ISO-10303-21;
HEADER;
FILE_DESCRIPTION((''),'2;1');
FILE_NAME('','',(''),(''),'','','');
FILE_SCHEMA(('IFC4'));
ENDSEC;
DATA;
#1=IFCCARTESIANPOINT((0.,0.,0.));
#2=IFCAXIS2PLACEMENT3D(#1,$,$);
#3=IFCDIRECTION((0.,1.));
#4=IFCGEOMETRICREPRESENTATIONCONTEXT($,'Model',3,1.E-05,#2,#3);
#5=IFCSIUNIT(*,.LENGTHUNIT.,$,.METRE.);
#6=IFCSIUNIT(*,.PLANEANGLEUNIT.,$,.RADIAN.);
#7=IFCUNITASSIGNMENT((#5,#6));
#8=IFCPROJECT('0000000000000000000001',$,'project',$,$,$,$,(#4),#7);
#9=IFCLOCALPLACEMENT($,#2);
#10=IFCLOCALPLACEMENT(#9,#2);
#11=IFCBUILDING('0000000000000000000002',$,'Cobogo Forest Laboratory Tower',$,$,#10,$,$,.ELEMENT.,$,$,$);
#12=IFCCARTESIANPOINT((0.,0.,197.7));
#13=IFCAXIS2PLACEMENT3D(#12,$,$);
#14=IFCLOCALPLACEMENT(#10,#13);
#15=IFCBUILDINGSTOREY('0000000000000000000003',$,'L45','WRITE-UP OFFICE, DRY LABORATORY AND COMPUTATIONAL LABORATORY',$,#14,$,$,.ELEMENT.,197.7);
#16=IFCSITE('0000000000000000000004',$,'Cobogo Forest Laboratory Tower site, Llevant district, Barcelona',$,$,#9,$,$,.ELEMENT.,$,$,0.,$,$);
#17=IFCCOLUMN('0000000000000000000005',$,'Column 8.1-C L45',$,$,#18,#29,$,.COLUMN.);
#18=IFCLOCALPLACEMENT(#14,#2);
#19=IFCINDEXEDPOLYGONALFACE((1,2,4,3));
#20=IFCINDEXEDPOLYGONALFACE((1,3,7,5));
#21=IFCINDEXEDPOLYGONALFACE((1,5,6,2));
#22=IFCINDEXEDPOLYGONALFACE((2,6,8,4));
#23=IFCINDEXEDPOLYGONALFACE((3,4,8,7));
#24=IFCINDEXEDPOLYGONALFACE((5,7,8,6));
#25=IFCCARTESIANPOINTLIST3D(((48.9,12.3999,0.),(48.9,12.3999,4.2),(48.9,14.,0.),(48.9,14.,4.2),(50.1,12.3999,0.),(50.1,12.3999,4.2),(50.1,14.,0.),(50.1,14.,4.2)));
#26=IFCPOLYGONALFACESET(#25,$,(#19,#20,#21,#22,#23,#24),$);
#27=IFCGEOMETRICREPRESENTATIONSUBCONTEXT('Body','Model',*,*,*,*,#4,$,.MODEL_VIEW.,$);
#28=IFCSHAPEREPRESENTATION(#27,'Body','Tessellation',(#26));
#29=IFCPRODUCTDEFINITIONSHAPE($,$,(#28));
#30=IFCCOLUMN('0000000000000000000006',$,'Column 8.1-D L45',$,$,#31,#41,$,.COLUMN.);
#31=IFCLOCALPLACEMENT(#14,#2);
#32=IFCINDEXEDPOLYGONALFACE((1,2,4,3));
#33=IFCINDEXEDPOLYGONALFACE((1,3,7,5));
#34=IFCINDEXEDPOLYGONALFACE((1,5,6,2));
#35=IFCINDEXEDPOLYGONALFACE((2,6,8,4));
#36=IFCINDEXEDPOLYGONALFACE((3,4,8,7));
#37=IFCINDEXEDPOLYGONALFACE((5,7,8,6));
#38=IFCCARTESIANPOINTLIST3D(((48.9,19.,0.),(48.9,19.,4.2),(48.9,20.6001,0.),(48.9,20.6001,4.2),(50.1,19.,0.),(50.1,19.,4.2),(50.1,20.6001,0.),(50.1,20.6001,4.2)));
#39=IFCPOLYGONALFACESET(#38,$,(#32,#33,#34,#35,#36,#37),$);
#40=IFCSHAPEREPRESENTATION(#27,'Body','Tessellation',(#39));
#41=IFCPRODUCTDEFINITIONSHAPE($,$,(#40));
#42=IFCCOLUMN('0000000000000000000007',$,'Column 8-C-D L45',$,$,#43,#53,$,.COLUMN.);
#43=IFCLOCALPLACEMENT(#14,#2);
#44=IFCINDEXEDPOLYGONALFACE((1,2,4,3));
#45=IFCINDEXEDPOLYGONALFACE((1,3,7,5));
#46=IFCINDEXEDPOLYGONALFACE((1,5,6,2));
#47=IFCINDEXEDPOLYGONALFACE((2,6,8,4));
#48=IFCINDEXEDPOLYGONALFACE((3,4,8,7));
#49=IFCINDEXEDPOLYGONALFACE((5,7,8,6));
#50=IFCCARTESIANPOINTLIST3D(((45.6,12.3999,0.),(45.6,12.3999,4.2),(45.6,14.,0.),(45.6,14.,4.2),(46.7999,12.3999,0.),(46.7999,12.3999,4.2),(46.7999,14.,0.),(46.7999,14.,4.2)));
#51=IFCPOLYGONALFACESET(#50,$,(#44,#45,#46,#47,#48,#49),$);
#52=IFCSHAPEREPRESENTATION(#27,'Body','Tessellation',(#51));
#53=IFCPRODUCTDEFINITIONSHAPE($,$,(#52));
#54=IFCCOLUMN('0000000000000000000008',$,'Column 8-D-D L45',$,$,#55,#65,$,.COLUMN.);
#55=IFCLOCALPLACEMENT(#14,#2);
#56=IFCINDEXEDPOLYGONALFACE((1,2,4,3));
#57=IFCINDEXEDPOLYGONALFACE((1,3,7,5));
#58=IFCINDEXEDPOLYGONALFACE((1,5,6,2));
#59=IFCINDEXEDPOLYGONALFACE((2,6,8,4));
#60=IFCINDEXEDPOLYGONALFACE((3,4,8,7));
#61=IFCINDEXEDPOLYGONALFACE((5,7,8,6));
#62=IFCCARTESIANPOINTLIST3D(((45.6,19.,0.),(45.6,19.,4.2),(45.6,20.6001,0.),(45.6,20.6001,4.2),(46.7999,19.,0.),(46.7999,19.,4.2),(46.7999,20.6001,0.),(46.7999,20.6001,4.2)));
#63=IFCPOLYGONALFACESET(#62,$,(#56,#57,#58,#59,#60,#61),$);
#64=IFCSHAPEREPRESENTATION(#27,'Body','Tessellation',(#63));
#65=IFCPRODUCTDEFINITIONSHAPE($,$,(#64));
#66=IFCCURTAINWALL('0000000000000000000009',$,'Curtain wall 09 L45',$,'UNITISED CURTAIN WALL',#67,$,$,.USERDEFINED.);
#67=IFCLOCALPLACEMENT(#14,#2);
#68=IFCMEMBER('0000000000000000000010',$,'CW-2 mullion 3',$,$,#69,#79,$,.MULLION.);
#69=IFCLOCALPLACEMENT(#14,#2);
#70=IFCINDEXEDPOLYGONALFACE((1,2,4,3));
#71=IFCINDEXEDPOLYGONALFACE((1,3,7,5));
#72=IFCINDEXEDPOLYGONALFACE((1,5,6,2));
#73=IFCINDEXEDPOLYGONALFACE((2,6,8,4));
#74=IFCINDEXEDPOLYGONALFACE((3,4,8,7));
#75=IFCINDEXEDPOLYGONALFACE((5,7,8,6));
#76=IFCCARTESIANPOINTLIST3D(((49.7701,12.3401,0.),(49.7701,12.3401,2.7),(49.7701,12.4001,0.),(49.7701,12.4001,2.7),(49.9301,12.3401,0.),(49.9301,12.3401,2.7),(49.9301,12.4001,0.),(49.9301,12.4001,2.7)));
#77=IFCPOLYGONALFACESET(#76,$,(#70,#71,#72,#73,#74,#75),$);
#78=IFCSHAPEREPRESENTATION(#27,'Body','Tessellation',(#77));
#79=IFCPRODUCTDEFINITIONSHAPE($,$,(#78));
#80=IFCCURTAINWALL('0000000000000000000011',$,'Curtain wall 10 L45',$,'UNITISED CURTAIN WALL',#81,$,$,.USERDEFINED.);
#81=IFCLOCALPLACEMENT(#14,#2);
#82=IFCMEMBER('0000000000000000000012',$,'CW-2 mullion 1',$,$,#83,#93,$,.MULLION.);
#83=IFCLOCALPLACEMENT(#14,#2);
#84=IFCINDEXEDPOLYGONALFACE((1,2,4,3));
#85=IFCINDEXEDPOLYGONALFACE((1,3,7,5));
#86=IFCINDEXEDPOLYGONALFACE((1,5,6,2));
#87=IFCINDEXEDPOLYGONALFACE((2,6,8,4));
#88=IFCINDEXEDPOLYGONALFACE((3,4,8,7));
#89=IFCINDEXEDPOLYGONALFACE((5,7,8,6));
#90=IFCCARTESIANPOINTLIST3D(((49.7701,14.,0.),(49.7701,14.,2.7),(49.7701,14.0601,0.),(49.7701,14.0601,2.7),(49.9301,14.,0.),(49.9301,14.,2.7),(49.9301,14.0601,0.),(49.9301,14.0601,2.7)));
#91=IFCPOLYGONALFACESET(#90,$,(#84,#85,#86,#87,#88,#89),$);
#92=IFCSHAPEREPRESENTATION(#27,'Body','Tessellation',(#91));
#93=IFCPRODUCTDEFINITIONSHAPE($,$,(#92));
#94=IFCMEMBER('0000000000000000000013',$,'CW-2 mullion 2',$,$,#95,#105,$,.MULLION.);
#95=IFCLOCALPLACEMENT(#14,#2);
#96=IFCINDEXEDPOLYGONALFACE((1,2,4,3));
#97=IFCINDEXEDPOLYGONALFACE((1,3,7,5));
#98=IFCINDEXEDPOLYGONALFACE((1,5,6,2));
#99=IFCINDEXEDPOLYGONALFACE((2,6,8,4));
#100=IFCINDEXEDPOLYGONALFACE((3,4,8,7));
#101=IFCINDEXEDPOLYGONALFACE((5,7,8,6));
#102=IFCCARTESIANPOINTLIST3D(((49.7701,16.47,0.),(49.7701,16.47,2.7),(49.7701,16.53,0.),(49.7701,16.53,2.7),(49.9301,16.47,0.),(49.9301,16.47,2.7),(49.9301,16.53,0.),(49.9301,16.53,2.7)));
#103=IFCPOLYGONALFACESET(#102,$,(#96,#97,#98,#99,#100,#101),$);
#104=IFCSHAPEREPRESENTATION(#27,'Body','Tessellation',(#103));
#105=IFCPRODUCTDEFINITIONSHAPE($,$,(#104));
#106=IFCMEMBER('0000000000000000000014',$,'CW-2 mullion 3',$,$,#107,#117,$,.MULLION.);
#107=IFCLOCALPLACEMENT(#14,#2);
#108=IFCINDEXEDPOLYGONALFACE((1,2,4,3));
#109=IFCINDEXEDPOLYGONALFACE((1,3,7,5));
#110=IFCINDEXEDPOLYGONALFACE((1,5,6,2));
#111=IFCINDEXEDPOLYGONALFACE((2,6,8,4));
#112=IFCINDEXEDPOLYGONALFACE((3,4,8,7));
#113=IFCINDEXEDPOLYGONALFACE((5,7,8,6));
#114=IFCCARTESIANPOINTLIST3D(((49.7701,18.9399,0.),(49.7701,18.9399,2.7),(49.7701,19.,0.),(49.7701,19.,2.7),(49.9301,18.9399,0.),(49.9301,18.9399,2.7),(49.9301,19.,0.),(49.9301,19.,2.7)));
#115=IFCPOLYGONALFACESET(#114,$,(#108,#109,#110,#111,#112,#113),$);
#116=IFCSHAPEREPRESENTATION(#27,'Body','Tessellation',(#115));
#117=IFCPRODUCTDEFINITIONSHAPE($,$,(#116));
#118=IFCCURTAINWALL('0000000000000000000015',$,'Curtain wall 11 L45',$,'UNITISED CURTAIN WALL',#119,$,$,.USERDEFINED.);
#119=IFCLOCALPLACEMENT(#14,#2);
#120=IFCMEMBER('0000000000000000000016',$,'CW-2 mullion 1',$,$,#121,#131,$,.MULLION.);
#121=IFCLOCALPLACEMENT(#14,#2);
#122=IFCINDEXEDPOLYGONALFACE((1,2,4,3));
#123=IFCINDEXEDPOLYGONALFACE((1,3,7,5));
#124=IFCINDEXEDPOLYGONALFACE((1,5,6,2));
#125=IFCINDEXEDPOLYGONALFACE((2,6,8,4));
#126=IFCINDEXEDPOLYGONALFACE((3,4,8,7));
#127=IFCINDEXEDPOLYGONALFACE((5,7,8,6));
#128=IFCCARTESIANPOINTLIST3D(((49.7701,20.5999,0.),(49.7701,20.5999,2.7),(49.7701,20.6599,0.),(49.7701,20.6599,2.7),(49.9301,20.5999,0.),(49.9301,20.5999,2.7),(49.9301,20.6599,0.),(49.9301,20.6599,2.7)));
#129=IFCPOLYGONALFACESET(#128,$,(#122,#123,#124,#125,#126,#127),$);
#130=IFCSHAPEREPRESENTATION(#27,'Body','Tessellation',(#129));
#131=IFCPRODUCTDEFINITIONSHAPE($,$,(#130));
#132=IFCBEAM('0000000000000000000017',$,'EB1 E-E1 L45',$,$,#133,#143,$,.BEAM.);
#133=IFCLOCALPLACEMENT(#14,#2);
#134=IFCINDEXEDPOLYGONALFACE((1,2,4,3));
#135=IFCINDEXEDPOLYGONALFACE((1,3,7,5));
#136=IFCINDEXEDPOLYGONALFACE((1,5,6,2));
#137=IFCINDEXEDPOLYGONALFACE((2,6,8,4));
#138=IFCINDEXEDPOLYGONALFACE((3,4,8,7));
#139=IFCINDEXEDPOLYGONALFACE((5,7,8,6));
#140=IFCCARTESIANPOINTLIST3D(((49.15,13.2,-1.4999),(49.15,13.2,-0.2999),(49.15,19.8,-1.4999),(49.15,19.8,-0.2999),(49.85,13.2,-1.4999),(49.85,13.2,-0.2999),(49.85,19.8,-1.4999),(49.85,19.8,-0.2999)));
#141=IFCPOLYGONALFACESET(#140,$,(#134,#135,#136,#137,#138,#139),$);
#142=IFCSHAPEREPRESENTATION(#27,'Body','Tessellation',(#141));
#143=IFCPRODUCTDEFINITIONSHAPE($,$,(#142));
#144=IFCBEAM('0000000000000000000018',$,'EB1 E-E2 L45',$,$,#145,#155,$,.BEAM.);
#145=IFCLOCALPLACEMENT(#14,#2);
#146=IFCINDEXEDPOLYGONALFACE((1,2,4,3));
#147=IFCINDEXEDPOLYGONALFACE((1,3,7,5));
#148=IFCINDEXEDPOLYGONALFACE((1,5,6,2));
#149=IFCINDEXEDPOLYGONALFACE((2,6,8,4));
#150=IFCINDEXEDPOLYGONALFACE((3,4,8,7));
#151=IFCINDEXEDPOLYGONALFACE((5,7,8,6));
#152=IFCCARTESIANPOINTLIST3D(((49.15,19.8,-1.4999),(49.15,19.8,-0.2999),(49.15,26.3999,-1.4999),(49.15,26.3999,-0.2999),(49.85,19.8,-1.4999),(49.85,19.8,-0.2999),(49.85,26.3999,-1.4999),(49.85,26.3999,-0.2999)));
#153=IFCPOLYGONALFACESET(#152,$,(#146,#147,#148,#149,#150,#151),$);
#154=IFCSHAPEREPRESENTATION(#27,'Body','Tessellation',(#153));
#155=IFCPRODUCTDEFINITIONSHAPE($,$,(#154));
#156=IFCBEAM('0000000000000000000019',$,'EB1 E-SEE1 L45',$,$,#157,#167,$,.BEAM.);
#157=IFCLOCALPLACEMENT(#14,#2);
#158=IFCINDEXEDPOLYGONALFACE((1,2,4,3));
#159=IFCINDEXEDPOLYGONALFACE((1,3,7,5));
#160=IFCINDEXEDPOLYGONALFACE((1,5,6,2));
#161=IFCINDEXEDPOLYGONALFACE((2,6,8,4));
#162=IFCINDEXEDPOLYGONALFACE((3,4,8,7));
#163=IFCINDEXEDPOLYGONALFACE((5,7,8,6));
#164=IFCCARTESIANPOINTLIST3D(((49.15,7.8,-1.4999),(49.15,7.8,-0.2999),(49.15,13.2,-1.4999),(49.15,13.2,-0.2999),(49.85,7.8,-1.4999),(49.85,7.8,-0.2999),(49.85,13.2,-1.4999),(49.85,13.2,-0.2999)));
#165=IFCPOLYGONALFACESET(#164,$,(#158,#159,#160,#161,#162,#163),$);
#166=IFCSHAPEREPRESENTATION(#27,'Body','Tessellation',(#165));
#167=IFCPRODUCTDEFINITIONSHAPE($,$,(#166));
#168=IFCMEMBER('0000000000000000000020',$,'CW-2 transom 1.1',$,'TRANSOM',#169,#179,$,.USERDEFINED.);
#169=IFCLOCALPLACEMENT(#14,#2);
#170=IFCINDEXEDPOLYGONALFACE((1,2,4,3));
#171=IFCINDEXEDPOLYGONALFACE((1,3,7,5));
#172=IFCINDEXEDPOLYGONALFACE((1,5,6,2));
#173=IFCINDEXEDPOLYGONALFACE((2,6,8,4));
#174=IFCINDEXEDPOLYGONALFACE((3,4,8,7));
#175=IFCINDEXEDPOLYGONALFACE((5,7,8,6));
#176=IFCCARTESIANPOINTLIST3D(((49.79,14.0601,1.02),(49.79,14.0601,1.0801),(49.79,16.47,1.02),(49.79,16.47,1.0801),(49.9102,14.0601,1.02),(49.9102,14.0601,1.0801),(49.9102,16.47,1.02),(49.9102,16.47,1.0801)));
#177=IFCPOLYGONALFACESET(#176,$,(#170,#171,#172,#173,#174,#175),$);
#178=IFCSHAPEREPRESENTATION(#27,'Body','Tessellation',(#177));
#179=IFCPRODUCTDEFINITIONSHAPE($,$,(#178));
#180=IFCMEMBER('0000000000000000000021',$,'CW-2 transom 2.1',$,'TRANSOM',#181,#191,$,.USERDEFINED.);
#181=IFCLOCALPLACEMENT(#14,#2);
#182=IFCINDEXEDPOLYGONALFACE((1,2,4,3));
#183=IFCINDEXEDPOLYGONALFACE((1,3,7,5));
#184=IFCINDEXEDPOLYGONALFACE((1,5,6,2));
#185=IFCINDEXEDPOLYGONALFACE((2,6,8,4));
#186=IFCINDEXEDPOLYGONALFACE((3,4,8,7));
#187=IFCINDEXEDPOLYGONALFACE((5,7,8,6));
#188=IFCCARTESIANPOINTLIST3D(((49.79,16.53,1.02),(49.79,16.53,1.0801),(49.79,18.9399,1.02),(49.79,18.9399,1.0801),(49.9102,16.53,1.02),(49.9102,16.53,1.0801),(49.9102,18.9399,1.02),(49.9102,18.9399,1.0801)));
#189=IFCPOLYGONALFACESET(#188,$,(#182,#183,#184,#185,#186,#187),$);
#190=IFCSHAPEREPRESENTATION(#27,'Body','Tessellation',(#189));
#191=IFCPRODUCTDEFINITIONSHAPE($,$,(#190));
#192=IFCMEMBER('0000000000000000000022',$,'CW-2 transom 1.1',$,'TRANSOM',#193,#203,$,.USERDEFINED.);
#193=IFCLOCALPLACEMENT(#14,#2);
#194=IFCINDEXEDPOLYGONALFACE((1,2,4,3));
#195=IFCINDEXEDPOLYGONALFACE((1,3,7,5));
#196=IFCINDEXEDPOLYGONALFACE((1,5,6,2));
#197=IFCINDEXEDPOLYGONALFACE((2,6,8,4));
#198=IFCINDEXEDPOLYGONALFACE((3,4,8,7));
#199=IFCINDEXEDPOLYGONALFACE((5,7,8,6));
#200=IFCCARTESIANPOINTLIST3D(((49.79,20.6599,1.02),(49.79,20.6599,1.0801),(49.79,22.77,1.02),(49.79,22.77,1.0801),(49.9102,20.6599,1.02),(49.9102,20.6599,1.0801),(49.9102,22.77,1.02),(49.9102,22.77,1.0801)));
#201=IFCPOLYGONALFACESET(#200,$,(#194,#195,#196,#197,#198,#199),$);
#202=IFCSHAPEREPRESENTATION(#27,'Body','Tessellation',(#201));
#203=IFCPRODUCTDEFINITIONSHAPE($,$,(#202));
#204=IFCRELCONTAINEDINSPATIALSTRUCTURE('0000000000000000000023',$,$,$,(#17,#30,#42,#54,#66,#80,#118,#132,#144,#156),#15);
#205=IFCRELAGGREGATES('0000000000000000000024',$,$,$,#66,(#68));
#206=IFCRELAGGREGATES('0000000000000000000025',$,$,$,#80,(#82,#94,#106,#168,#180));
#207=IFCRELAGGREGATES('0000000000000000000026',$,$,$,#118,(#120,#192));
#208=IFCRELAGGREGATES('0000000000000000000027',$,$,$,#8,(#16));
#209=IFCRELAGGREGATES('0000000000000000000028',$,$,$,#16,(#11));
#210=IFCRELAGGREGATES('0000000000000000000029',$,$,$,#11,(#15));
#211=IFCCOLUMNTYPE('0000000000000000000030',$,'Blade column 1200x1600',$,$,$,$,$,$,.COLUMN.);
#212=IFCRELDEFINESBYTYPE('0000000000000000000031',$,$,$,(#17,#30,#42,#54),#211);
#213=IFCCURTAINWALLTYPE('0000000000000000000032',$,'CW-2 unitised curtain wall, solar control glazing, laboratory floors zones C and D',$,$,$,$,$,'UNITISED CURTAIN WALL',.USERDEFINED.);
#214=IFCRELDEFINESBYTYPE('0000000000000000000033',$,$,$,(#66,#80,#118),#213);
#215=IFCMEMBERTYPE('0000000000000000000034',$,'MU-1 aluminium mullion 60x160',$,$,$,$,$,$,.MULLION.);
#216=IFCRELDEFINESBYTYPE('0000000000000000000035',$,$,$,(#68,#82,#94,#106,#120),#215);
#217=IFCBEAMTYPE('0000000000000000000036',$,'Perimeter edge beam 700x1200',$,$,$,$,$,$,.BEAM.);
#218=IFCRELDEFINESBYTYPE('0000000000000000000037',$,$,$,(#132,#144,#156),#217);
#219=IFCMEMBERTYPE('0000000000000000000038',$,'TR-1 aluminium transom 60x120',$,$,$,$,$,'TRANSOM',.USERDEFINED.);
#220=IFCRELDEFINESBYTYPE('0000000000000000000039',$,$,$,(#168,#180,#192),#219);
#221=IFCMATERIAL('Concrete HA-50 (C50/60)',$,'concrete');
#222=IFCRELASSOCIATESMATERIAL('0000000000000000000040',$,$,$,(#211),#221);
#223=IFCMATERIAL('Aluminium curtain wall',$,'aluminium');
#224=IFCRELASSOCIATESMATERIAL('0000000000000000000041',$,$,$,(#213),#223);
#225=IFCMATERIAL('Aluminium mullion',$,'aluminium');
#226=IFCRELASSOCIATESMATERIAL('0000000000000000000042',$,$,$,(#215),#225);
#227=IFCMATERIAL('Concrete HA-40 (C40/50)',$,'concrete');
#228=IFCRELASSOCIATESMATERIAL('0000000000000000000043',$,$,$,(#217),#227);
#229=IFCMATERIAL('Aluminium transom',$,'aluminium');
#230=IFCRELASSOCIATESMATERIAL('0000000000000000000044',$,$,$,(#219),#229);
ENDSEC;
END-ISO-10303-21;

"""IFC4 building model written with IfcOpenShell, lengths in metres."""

from ifc_helpers import new_model, si_unit, direction, frame, origin, origin_2d, place, context, subcontext, project, spatial, rectangle, extrude, material, material_profile, profile_set, type_object, element, aggregate, save


model = new_model("IFC4")

# Units and contexts
model_context = context("Model", 3, precision=1e-05, world=origin(), true_north=direction((0.0, 1.0)))
body_context = subcontext(model_context, "Body", "Model", "MODEL_VIEW")
ifc_project = project(units=[si_unit("LENGTHUNIT", "METRE"), si_unit("PLANEANGLEUNIT", "RADIAN")], contexts=[model_context])

# Site, building, storey
site_placement = place(None, origin())
site = spatial("IfcSite", under=ifc_project, at=site_placement, Name="Cobogo Forest Laboratory Tower site, Llevant district, Barcelona", CompositionType="ELEMENT", RefElevation=0.0)
building_placement = place(site_placement, origin())
building = spatial("IfcBuilding", under=site, at=building_placement, Name="Cobogo Forest Laboratory Tower", CompositionType="ELEMENT")
storey_placement = place(building_placement, frame((0.0, 0.0, 197.7)))
storey = spatial("IfcBuildingStorey", under=building, at=storey_placement, Name="L45", Description="WRITE-UP OFFICE, DRY LABORATORY AND COMPUTATIONAL LABORATORY", CompositionType="ELEMENT", Elevation=197.7)

# Columns
ifc_material_1 = material(Name="Concrete HA-50 (C50/60)", Category="concrete")
ifc_material_profile_1 = material_profile(ifc_material_1, rectangle(XDim=1.6001, YDim=1.2, at=origin_2d()), Name="RC 1200x1600")
ifc_profile_set_1 = profile_set([ifc_material_profile_1], Name="Concrete HA-50 (C50/60)")
column_type = type_object("IfcColumnType", Name="Blade column 1200x1600", PredefinedType="COLUMN", material=ifc_profile_set_1)
for number, where, z_axis, x_axis, name in (
    (1, (49.5, 13.2, 0.0), (0.0, 0.0, 1.0), (0.0, 1.0, 0.0), "Column 8.1-C L45"),
    (2, (49.5, 19.8, 0.0), (0.0, 0.0, 1.0), (0.0, 1.0, 0.0), "Column 8.1-D L45"),
    (3, (46.2, 13.2, 0.0), (0.0, 0.0, 1.0), (0.0, 1.0, 0.0), "Column 8-C-D L45"),
    (4, (46.2, 19.8, 0.0), (0.0, 0.0, 1.0), (0.0, 1.0, 0.0), "Column 8-D-D L45"),
):
    element("IfcColumn", number, at=place(storey_placement, frame(where, z_axis=z_axis, x_axis=x_axis)), inside=storey, type_object=column_type, Name=name, PredefinedType="COLUMN", context=body_context, shape_type="SweptSolid", body=[
        extrude(rectangle(XDim=1.6001, YDim=1.2, at=origin_2d()), origin(), (0.0, 0.0, 1.0), 4.2),
    ])

# Curtain wall, member
ifc_material_2 = material(Name="Aluminium curtain wall", Category="aluminium")
curtain_wall_type = type_object("IfcCurtainWallType", Name="CW-2 unitised curtain wall, solar control glazing, laboratory floors zones C and D", ElementType="UNITISED CURTAIN WALL", PredefinedType="USERDEFINED", material=ifc_material_2)
curtain_wall_1_placement = place(storey_placement, origin())
curtain_wall_1 = element("IfcCurtainWall", 5, at=curtain_wall_1_placement, inside=storey, type_object=curtain_wall_type, Name="Curtain wall 09 L45", ObjectType="UNITISED CURTAIN WALL", PredefinedType="USERDEFINED")
ifc_material_3 = material(Name="Aluminium mullion", Category="aluminium")
ifc_material_profile_2 = material_profile(ifc_material_3, rectangle(XDim=0.0601, YDim=0.1599, at=origin_2d()), Name="AL 60x160")
ifc_profile_set_2 = profile_set([ifc_material_profile_2], Name="Aluminium mullion")
member_type_1 = type_object("IfcMemberType", Name="MU-1 aluminium mullion 60x160", PredefinedType="MULLION", material=ifc_profile_set_2)
member_1_placement = place(storey_placement, frame((49.8501, 12.3701, 0.0), z_axis=(0.0, 0.0, 1.0), x_axis=(0.0, 1.0, 0.0)))
member_1 = element("IfcMember", 6, at=member_1_placement, type_object=member_type_1, Name="CW-2 mullion 3", PredefinedType="MULLION", context=body_context, shape_type="SweptSolid", body=[
    extrude(rectangle(XDim=0.0601, YDim=0.1599, at=origin_2d()), origin(), (0.0, 0.0, 1.0), 2.7),
])
aggregate(curtain_wall_1, [member_1])

# Curtain wall, members
curtain_wall_2_placement = place(storey_placement, origin())
curtain_wall_2 = element("IfcCurtainWall", 7, at=curtain_wall_2_placement, inside=storey, type_object=curtain_wall_type, Name="Curtain wall 10 L45", ObjectType="UNITISED CURTAIN WALL", PredefinedType="USERDEFINED")
member_2_placement = place(storey_placement, frame((49.8501, 14.03, 0.0), z_axis=(0.0, 0.0, 1.0), x_axis=(0.0, 1.0, 0.0)))
member_2 = element("IfcMember", 8, at=member_2_placement, type_object=member_type_1, Name="CW-2 mullion 1", PredefinedType="MULLION", context=body_context, shape_type="SweptSolid", body=[
    extrude(rectangle(XDim=0.0601, YDim=0.1599, at=origin_2d()), origin(), (0.0, 0.0, 1.0), 2.7),
])
member_3_placement = place(storey_placement, frame((49.8501, 16.5, 0.0), z_axis=(0.0, 0.0, 1.0), x_axis=(0.0, 1.0, 0.0)))
member_3 = element("IfcMember", 9, at=member_3_placement, type_object=member_type_1, Name="CW-2 mullion 2", PredefinedType="MULLION", context=body_context, shape_type="SweptSolid", body=[
    extrude(rectangle(XDim=0.0601, YDim=0.1599, at=origin_2d()), origin(), (0.0, 0.0, 1.0), 2.7),
])
member_4_placement = place(storey_placement, frame((49.8501, 18.97, 0.0), z_axis=(0.0, 0.0, 1.0), x_axis=(0.0, 1.0, 0.0)))
member_4 = element("IfcMember", 10, at=member_4_placement, type_object=member_type_1, Name="CW-2 mullion 3", PredefinedType="MULLION", context=body_context, shape_type="SweptSolid", body=[
    extrude(rectangle(XDim=0.0601, YDim=0.1599, at=origin_2d()), origin(), (0.0, 0.0, 1.0), 2.7),
])

# Curtain wall, member
curtain_wall_3_placement = place(storey_placement, origin())
curtain_wall_3 = element("IfcCurtainWall", 11, at=curtain_wall_3_placement, inside=storey, type_object=curtain_wall_type, Name="Curtain wall 11 L45", ObjectType="UNITISED CURTAIN WALL", PredefinedType="USERDEFINED")
member_5_placement = place(storey_placement, frame((49.8501, 20.6299, 0.0), z_axis=(0.0, 0.0, 1.0), x_axis=(0.0, 1.0, 0.0)))
member_5 = element("IfcMember", 12, at=member_5_placement, type_object=member_type_1, Name="CW-2 mullion 1", PredefinedType="MULLION", context=body_context, shape_type="SweptSolid", body=[
    extrude(rectangle(XDim=0.0601, YDim=0.1599, at=origin_2d()), origin(), (0.0, 0.0, 1.0), 2.7),
])

# Beams
ifc_material_4 = material(Name="Concrete HA-40 (C40/50)", Category="concrete")
ifc_material_profile_3 = material_profile(ifc_material_4, rectangle(XDim=0.7, YDim=1.2, at=origin_2d()), Name="RC 700x1200")
ifc_profile_set_3 = profile_set([ifc_material_profile_3], Name="Concrete HA-40 (C40/50)")
beam_type = type_object("IfcBeamType", Name="Perimeter edge beam 700x1200", PredefinedType="BEAM", material=ifc_profile_set_3)
beam_1_placement = place(storey_placement, frame((49.5, 13.2, -0.8999), z_axis=(0.0, 1.0, 0.0), x_axis=(-1.0, 0.0, 0.0)))
element("IfcBeam", 13, at=beam_1_placement, inside=storey, type_object=beam_type, Name="EB1 E-E1 L45", PredefinedType="BEAM", context=body_context, shape_type="SweptSolid", body=[
    extrude(rectangle(XDim=0.7, YDim=1.2, at=origin_2d()), origin(), (0.0, 0.0, 1.0), 6.6001),
])
beam_2_placement = place(storey_placement, frame((49.5, 19.8, -0.8999), z_axis=(0.0, 1.0, 0.0), x_axis=(-1.0, 0.0, 0.0)))
element("IfcBeam", 14, at=beam_2_placement, inside=storey, type_object=beam_type, Name="EB1 E-E2 L45", PredefinedType="BEAM", context=body_context, shape_type="SweptSolid", body=[
    extrude(rectangle(XDim=0.7, YDim=1.2, at=origin_2d()), origin(), (0.0, 0.0, 1.0), 6.5999),
])
beam_3_placement = place(storey_placement, frame((49.5, 13.2, -0.8999), z_axis=(0.0, -1.0, 0.0), x_axis=(1.0, 0.0, 0.0)))
element("IfcBeam", 15, at=beam_3_placement, inside=storey, type_object=beam_type, Name="EB1 E-SEE1 L45", PredefinedType="BEAM", context=body_context, shape_type="SweptSolid", body=[
    extrude(rectangle(XDim=0.7, YDim=1.2, at=origin_2d()), origin(), (0.0, 0.0, 1.0), 5.3999),
])

# Members
ifc_material_5 = material(Name="Aluminium transom", Category="aluminium")
ifc_material_profile_4 = material_profile(ifc_material_5, rectangle(XDim=0.1201, YDim=0.0601, at=origin_2d()), Name="AL 60x120")
ifc_profile_set_4 = profile_set([ifc_material_profile_4], Name="Aluminium transom")
member_type_2 = type_object("IfcMemberType", Name="TR-1 aluminium transom 60x120", ElementType="TRANSOM", PredefinedType="USERDEFINED", material=ifc_profile_set_4)
member_6_placement = place(storey_placement, frame((49.8501, 14.0601, 1.05), z_axis=(0.0, 1.0, 0.0), x_axis=(-1.0, 0.0, 0.0)))
member_6 = element("IfcMember", 16, at=member_6_placement, type_object=member_type_2, Name="CW-2 transom 1.1", ObjectType="TRANSOM", PredefinedType="USERDEFINED", context=body_context, shape_type="SweptSolid", body=[
    extrude(rectangle(XDim=0.1201, YDim=0.0601, at=origin_2d()), origin(), (0.0, 0.0, 1.0), 2.4099),
])
member_7_placement = place(storey_placement, frame((49.8501, 16.53, 1.05), z_axis=(0.0, 1.0, 0.0), x_axis=(-1.0, 0.0, 0.0)))
member_7 = element("IfcMember", 17, at=member_7_placement, type_object=member_type_2, Name="CW-2 transom 2.1", ObjectType="TRANSOM", PredefinedType="USERDEFINED", context=body_context, shape_type="SweptSolid", body=[
    extrude(rectangle(XDim=0.1201, YDim=0.0601, at=origin_2d()), origin(), (0.0, 0.0, 1.0), 2.4099),
])
member_8_placement = place(storey_placement, frame((49.8501, 20.6599, 1.05), z_axis=(0.0, 1.0, 0.0), x_axis=(-1.0, 0.0, 0.0)))
member_8 = element("IfcMember", 18, at=member_8_placement, type_object=member_type_2, Name="CW-2 transom 1.1", ObjectType="TRANSOM", PredefinedType="USERDEFINED", context=body_context, shape_type="SweptSolid", body=[
    extrude(rectangle(XDim=0.1201, YDim=0.0601, at=origin_2d()), origin(), (0.0, 0.0, 1.0), 2.1101),
])

aggregate(curtain_wall_2, [member_2, member_3, member_4, member_6, member_7])
aggregate(curtain_wall_3, [member_5, member_8])

save(model, "model.ifc")
